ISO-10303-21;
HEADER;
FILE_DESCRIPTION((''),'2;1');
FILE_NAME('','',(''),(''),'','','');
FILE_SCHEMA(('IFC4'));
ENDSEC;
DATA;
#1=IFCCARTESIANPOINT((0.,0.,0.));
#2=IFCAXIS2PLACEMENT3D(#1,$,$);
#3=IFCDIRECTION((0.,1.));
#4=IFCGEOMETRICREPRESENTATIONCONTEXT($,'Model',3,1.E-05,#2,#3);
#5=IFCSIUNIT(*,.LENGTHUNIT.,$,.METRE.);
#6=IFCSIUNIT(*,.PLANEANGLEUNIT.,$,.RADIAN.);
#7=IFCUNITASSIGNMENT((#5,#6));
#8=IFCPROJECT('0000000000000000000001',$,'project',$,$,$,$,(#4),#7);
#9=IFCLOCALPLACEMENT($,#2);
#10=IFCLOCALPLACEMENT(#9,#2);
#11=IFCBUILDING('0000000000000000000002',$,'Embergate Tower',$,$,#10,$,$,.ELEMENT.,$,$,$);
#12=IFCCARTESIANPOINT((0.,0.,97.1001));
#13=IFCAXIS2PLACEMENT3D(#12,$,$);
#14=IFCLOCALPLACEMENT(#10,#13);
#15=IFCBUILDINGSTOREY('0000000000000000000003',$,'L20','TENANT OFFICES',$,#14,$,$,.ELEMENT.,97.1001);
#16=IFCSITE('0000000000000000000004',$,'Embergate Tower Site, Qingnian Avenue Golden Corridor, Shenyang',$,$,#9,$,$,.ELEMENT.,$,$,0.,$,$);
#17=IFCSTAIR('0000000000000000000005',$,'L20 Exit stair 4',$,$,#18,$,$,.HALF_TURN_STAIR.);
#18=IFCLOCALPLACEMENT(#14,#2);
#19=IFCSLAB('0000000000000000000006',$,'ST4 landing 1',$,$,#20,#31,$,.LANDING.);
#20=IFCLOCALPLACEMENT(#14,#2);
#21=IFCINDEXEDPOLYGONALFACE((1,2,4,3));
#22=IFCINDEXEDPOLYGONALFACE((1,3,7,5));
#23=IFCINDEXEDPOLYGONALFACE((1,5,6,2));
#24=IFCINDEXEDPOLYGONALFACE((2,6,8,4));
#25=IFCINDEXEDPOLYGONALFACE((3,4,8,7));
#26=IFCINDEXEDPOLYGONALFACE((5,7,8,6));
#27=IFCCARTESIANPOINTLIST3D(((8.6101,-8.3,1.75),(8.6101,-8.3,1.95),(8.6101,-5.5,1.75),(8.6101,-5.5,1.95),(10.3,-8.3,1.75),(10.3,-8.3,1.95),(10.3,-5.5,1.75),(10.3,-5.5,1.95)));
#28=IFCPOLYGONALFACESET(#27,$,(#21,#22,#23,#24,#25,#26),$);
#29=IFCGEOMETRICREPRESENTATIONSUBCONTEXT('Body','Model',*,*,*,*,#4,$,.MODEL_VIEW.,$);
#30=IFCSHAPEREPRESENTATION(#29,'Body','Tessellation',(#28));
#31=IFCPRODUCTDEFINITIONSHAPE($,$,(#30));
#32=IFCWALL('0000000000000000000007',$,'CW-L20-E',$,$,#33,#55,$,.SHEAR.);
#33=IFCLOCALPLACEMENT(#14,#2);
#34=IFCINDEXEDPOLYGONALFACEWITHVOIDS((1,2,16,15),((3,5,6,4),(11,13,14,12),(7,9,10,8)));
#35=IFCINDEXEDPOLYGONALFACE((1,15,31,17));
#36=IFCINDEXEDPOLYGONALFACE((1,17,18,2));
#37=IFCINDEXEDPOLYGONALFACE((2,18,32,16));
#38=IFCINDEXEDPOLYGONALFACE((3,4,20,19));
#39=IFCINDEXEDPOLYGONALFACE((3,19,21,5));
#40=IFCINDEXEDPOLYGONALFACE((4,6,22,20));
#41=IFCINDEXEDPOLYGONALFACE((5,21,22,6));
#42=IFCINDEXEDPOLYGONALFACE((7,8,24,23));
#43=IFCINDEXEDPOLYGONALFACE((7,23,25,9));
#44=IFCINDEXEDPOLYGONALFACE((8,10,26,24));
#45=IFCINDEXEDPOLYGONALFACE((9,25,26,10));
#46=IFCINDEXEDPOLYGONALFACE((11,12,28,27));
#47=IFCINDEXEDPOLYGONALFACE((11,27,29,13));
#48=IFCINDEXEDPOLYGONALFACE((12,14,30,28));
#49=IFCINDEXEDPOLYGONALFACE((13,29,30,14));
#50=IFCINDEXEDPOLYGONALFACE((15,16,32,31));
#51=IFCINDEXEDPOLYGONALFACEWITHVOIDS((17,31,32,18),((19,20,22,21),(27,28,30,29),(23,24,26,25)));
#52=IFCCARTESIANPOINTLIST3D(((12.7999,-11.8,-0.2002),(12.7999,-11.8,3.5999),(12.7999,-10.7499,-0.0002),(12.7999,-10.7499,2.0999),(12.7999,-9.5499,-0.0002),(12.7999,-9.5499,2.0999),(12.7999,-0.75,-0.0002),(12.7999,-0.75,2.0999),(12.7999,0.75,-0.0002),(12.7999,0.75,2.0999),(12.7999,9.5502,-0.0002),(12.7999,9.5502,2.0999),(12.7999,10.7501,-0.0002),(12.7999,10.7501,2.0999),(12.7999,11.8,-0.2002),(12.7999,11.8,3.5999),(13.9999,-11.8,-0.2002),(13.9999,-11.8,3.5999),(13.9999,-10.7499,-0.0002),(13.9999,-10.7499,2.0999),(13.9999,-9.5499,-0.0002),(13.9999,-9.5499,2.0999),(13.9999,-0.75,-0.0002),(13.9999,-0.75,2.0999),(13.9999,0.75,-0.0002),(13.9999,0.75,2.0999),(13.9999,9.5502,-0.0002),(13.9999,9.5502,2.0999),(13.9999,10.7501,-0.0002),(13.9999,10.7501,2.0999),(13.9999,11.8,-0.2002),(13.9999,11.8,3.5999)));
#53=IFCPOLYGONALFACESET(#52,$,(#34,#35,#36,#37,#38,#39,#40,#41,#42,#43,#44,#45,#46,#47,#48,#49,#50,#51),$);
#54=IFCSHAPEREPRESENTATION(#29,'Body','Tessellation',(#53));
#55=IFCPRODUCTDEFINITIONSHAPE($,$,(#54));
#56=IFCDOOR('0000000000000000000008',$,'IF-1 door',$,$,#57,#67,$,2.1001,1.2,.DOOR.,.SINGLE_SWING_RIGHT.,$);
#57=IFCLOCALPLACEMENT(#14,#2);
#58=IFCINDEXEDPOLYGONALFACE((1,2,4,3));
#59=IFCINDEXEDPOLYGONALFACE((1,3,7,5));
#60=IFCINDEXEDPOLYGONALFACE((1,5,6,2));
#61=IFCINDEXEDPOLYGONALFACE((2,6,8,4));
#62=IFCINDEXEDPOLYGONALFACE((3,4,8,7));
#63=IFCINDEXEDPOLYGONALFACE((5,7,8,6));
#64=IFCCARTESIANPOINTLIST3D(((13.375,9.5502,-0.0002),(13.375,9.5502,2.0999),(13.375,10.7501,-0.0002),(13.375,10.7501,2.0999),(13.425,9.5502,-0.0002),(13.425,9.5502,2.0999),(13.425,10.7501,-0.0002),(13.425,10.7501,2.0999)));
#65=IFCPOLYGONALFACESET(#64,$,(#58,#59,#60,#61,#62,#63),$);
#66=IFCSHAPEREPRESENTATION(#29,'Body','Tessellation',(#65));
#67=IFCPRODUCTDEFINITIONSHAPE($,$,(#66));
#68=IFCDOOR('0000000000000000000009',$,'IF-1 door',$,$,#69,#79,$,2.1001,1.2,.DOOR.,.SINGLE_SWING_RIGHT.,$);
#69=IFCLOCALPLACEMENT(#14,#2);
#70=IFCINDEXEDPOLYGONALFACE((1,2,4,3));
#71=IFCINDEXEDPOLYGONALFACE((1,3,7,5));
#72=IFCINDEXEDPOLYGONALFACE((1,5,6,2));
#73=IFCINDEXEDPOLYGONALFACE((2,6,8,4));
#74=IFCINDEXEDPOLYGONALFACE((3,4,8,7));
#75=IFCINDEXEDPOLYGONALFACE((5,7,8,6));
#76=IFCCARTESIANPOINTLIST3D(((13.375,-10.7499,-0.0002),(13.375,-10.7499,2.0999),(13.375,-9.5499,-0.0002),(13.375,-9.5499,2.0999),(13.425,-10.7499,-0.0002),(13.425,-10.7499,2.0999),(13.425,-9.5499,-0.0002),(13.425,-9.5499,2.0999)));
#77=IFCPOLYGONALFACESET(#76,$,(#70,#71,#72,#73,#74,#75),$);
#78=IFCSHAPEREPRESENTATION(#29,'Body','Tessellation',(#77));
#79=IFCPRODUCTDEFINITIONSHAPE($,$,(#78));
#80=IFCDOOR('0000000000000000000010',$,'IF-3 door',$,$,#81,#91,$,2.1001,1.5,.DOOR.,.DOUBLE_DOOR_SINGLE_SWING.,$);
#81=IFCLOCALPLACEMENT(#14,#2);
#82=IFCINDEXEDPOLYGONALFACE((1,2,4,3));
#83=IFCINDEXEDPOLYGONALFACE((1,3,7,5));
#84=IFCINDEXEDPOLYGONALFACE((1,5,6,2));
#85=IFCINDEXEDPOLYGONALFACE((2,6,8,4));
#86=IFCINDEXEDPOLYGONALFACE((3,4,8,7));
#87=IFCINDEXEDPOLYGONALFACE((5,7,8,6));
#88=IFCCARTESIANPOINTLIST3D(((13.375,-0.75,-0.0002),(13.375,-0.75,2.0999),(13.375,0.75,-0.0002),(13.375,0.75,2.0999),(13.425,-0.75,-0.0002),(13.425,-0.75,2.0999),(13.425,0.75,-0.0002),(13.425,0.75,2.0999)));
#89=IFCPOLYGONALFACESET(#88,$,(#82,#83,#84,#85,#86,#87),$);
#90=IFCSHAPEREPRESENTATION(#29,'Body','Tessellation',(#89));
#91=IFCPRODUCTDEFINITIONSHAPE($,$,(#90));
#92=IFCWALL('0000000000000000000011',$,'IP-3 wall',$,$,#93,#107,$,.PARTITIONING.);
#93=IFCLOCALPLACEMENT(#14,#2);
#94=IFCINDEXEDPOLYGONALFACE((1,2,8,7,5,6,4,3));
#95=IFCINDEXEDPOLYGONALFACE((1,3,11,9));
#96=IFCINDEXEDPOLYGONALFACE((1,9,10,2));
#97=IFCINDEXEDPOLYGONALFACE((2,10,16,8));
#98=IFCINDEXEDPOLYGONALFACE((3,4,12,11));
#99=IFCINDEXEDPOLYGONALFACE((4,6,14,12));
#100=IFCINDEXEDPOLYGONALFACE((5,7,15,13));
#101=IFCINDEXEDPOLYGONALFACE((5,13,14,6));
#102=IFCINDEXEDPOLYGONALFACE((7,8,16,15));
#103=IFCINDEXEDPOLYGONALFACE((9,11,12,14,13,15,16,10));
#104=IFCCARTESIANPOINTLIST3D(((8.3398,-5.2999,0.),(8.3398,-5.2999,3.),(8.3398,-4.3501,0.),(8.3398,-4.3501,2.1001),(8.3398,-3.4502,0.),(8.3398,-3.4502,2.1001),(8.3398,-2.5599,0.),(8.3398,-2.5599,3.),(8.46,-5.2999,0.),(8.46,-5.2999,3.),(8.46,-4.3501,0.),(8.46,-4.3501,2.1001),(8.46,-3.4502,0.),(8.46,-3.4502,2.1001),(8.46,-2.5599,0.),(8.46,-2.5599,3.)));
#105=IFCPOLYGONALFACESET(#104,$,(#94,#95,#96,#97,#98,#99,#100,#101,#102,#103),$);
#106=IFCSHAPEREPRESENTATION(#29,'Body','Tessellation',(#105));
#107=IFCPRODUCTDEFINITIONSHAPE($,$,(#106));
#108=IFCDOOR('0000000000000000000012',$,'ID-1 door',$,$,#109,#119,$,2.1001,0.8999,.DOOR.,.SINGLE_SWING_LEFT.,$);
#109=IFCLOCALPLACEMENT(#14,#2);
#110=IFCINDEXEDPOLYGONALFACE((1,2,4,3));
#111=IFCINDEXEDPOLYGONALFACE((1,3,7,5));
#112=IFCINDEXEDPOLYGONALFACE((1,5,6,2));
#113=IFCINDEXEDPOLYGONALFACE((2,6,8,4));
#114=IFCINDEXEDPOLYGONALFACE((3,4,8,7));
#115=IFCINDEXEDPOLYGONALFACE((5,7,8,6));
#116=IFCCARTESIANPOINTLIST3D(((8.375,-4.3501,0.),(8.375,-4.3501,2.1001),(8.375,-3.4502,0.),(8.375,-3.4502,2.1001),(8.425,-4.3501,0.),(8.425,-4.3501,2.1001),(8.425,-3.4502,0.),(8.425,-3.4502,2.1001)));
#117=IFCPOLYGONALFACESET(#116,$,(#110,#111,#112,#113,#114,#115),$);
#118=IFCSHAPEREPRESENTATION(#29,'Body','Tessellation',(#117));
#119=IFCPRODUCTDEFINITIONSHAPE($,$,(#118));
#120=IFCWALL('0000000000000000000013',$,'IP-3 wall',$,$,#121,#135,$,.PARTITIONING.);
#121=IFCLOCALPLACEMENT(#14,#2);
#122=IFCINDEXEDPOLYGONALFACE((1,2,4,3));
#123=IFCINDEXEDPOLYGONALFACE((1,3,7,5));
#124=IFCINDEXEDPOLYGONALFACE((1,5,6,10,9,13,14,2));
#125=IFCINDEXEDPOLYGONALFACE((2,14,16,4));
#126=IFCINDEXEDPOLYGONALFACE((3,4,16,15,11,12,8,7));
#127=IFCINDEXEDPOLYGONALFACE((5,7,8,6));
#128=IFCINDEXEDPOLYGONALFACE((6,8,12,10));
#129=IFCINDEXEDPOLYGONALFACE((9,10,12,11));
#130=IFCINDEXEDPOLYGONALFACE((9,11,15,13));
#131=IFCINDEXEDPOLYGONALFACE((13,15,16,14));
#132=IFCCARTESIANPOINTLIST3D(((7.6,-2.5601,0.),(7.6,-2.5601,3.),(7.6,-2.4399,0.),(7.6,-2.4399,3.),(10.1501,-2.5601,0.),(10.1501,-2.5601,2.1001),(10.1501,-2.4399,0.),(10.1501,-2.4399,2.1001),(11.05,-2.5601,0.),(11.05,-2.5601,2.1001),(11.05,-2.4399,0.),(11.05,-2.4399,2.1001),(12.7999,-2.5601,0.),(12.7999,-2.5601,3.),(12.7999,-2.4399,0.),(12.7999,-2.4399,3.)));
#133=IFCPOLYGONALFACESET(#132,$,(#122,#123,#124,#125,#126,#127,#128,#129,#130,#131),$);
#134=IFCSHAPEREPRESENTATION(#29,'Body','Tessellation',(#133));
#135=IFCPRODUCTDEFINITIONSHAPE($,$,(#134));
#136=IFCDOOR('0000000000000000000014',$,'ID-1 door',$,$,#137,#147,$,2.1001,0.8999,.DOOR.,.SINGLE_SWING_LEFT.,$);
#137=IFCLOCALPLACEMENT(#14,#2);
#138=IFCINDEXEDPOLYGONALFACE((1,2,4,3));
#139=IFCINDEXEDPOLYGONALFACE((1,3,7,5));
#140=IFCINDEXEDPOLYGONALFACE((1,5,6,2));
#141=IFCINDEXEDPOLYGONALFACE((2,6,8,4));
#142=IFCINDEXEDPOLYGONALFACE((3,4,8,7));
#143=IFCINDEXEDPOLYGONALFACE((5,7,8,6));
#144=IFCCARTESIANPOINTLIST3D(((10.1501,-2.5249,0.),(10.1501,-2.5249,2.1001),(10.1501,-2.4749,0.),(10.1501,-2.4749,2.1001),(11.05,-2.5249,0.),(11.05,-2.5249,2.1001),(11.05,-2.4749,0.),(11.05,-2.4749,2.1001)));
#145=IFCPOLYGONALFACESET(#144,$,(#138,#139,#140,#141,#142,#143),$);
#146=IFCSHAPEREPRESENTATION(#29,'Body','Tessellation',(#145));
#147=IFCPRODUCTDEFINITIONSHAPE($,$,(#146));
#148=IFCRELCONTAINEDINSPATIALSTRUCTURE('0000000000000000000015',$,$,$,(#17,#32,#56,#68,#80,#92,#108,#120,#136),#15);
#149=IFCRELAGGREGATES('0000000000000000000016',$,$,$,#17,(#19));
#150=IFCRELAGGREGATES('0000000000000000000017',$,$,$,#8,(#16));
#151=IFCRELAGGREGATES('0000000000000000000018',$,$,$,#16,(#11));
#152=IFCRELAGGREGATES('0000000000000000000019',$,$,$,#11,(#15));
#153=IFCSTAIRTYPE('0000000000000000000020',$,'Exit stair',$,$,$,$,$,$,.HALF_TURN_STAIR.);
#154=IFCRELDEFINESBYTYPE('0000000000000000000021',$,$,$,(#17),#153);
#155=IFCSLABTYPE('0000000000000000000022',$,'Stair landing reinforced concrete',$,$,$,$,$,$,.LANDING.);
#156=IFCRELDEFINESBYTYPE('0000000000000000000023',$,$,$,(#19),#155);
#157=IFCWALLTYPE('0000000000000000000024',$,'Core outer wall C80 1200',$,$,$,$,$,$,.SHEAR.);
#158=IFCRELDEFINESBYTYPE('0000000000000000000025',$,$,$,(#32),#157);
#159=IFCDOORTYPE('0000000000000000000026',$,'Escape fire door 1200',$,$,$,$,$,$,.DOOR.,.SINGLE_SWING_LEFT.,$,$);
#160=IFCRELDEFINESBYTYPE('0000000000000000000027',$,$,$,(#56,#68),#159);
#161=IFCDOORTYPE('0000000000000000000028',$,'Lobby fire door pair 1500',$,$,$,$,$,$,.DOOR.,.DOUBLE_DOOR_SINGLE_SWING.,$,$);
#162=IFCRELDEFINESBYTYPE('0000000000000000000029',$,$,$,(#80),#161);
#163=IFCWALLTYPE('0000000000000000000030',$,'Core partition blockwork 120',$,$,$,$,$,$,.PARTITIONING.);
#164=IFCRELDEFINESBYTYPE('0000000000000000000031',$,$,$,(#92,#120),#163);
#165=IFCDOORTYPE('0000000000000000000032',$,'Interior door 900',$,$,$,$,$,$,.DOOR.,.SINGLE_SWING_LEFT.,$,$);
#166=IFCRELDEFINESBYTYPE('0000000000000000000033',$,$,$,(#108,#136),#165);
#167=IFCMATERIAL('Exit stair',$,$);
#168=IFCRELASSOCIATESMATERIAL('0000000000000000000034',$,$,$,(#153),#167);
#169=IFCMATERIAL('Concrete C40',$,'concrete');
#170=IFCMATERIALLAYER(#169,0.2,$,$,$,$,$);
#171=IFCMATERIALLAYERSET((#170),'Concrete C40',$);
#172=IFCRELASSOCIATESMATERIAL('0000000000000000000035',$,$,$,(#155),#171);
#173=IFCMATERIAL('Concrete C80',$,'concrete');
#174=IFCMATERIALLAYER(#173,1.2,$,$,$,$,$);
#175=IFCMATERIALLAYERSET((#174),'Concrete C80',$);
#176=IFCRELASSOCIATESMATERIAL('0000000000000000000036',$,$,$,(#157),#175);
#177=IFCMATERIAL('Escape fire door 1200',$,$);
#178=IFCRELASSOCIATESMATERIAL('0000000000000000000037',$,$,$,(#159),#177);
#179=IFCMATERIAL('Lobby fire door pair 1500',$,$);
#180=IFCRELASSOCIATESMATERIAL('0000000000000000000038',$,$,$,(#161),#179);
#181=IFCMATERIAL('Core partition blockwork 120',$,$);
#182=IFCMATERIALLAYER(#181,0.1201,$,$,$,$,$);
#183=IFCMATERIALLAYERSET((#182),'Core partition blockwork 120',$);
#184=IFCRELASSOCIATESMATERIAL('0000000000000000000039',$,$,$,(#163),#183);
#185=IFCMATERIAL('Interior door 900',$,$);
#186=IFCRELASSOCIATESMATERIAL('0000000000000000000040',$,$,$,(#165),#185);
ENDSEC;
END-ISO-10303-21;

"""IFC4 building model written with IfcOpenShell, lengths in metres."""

from ifc_helpers import new_model, si_unit, direction, frame, frame_2d, origin, place, context, subcontext, project, spatial, polyline, rectangle, outline, extrude, source, transform, mapped, material, layer, layer_set, type_object, element, fill, aggregate, save


model = new_model("IFC4")

# Units and contexts
model_context = context("Model", 3, precision=1e-05, world=origin(), true_north=direction((0.0, 1.0)))
body_context = subcontext(model_context, "Body", "Model", "MODEL_VIEW")
ifc_project = project(units=[si_unit("LENGTHUNIT", "METRE"), si_unit("PLANEANGLEUNIT", "RADIAN")], contexts=[model_context])

# Site, building, storey
site_placement = place(None, origin())
site = spatial("IfcSite", under=ifc_project, at=site_placement, Name="Embergate Tower Site, Qingnian Avenue Golden Corridor, Shenyang", CompositionType="ELEMENT", RefElevation=0.0)
building_placement = place(site_placement, origin())
building = spatial("IfcBuilding", under=site, at=building_placement, Name="Embergate Tower", CompositionType="ELEMENT")
storey_placement = place(building_placement, frame((0.0, 0.0, 97.1001)))
storey = spatial("IfcBuildingStorey", under=building, at=storey_placement, Name="L20", Description="TENANT OFFICES", CompositionType="ELEMENT", Elevation=97.1001)

# Stair, slab
ifc_material_1 = material(Name="Exit stair")
stair_type = type_object("IfcStairType", Name="Exit stair", PredefinedType="HALF_TURN_STAIR", material=ifc_material_1)
stair_placement = place(storey_placement, origin())
stair = element("IfcStair", 1, at=stair_placement, inside=storey, type_object=stair_type, Name="L20 Exit stair 4", PredefinedType="HALF_TURN_STAIR")
ifc_material_2 = material(Name="Concrete C40", Category="concrete")
ifc_layer_1 = layer(ifc_material_2, 0.2)
ifc_layer_set_1 = layer_set([ifc_layer_1], Name="Concrete C40")
slab_type = type_object("IfcSlabType", Name="Stair landing reinforced concrete", PredefinedType="LANDING", material=ifc_layer_set_1)
shared_shape_1 = source(origin(), body_context, "Body", "SweptSolid", [
    extrude(outline(polyline([(0.0, 0.0), (1.6899, 0.0), (1.6899, 2.8), (0.0, 2.8), (0.0, 0.0)])), origin(), (0.0, 0.0, 1.0), 0.2),
])
slab_placement = place(storey_placement, frame((8.6101, -8.3, 1.75)))
slab = element("IfcSlab", 2, at=slab_placement, type_object=slab_type, Name="ST4 landing 1", PredefinedType="LANDING", context=body_context, shape_type="MappedRepresentation", body=[
    mapped(shared_shape_1, transform((0.0, 0.0, 0.0))),
])

# Wall, openings, doors
ifc_material_3 = material(Name="Concrete C80", Category="concrete")
ifc_layer_2 = layer(ifc_material_3, 1.2)
ifc_layer_set_2 = layer_set([ifc_layer_2], Name="Concrete C80")
wall_type_1 = type_object("IfcWallType", Name="Core outer wall C80 1200", PredefinedType="SHEAR", material=ifc_layer_set_2)
shared_shape_2 = source(origin(), body_context, "Body", "SweptSolid", [
    extrude(rectangle(XDim=23.6001, YDim=1.2, at=frame_2d((11.8, 0.0))), origin(), (0.0, 0.0, 1.0), 3.8),
])
wall_1_placement = place(storey_placement, frame((13.3999, -11.8, -0.2002), z_axis=(0.0, 0.0, 1.0), x_axis=(0.0, 1.0, 0.0)))
wall_1 = element("IfcWall", 3, at=wall_1_placement, inside=storey, type_object=wall_type_1, Name="CW-L20-E", PredefinedType="SHEAR", context=body_context, shape_type="MappedRepresentation", body=[
    mapped(shared_shape_2, transform((0.0, 0.0, 0.0))),
])
shared_shape_3 = source(origin(), body_context, "Body", "SweptSolid", [
    extrude(rectangle(XDim=1.2, YDim=2.1001, at=frame_2d((0.6001, 1.05))), frame((0.0, 0.6099, 0.0), z_axis=(0.0, -1.0, 0.0), x_axis=(1.0, 0.0, 0.0)), (0.0, 0.0, 1.0), 1.22),
])
opening_1_placement = place(wall_1_placement, frame((21.3501, 0.0, 0.2)))
opening_1 = element("IfcOpeningElement", 4, at=opening_1_placement, cuts=wall_1, PredefinedType="OPENING", context=body_context, shape_type="MappedRepresentation", body=[
    mapped(shared_shape_3, transform((0.0, 0.0, 0.0))),
])
opening_2_placement = place(wall_1_placement, frame((1.05, 0.0, 0.2)))
opening_2 = element("IfcOpeningElement", 5, at=opening_2_placement, cuts=wall_1, PredefinedType="OPENING", context=body_context, shape_type="MappedRepresentation", body=[
    mapped(shared_shape_3, transform((0.0, 0.0, 0.0))),
])
shared_shape_4 = source(origin(), body_context, "Body", "SweptSolid", [
    extrude(rectangle(XDim=1.5, YDim=2.1001, at=frame_2d((0.75, 1.05))), frame((0.0, 0.6099, 0.0), z_axis=(0.0, -1.0, 0.0), x_axis=(1.0, 0.0, 0.0)), (0.0, 0.0, 1.0), 1.22),
])
opening_3_placement = place(wall_1_placement, frame((11.05, 0.0, 0.2)))
opening_3 = element("IfcOpeningElement", 6, at=opening_3_placement, cuts=wall_1, PredefinedType="OPENING", context=body_context, shape_type="MappedRepresentation", body=[
    mapped(shared_shape_4, transform((0.0, 0.0, 0.0))),
])
ifc_material_4 = material(Name="Escape fire door 1200")
door_type_1 = type_object("IfcDoorType", Name="Escape fire door 1200", OperationType="SINGLE_SWING_LEFT", PredefinedType="DOOR", material=ifc_material_4)
shared_shape_5 = source(origin(), body_context, "Body", "SweptSolid", [
    extrude(rectangle(XDim=1.2, YDim=2.1001, at=frame_2d((0.6001, 1.05))), frame((0.0, 0.0249, 0.0), z_axis=(0.0, -1.0, 0.0), x_axis=(1.0, 0.0, 0.0)), (0.0, 0.0, 1.0), 0.05),
])
door_1_placement = place(opening_1_placement, origin())
door_1 = element("IfcDoor", 7, at=door_1_placement, inside=storey, type_object=door_type_1, Name="IF-1 door", OperationType="SINGLE_SWING_RIGHT", OverallHeight=2.1001, OverallWidth=1.2, PredefinedType="DOOR", context=body_context, shape_type="MappedRepresentation", body=[
    mapped(shared_shape_5, transform((0.0, 0.0, 0.0))),
])
fill(opening_1, door_1)
door_2_placement = place(opening_2_placement, origin())
door_2 = element("IfcDoor", 8, at=door_2_placement, inside=storey, type_object=door_type_1, Name="IF-1 door", OperationType="SINGLE_SWING_RIGHT", OverallHeight=2.1001, OverallWidth=1.2, PredefinedType="DOOR", context=body_context, shape_type="MappedRepresentation", body=[
    mapped(shared_shape_5, transform((0.0, 0.0, 0.0))),
])
fill(opening_2, door_2)
ifc_material_5 = material(Name="Lobby fire door pair 1500")
door_type_2 = type_object("IfcDoorType", Name="Lobby fire door pair 1500", OperationType="DOUBLE_DOOR_SINGLE_SWING", PredefinedType="DOOR", material=ifc_material_5)
shared_shape_6 = source(origin(), body_context, "Body", "SweptSolid", [
    extrude(rectangle(XDim=1.5, YDim=2.1001, at=frame_2d((0.75, 1.05))), frame((0.0, 0.0249, 0.0), z_axis=(0.0, -1.0, 0.0), x_axis=(1.0, 0.0, 0.0)), (0.0, 0.0, 1.0), 0.05),
])
door_3_placement = place(opening_3_placement, origin())
door_3 = element("IfcDoor", 9, at=door_3_placement, inside=storey, type_object=door_type_2, Name="IF-3 door", OperationType="DOUBLE_DOOR_SINGLE_SWING", OverallHeight=2.1001, OverallWidth=1.5, PredefinedType="DOOR", context=body_context, shape_type="MappedRepresentation", body=[
    mapped(shared_shape_6, transform((0.0, 0.0, 0.0))),
])
fill(opening_3, door_3)

# Walls, openings, doors
ifc_material_6 = material(Name="Core partition blockwork 120")
ifc_layer_3 = layer(ifc_material_6, 0.1201)
ifc_layer_set_3 = layer_set([ifc_layer_3], Name="Core partition blockwork 120")
wall_type_2 = type_object("IfcWallType", Name="Core partition blockwork 120", PredefinedType="PARTITIONING", material=ifc_layer_set_3)
shared_shape_7 = source(origin(), body_context, "Body", "SweptSolid", [
    extrude(rectangle(XDim=2.74, YDim=0.1201, at=frame_2d((1.3701, 0.0))), origin(), (0.0, 0.0, 1.0), 3.0),
])
wall_2_placement = place(storey_placement, frame((8.3999, -5.3, 0.0), z_axis=(0.0, 0.0, 1.0), x_axis=(0.0, 1.0, 0.0)))
wall_2 = element("IfcWall", 10, at=wall_2_placement, inside=storey, type_object=wall_type_2, Name="IP-3 wall", PredefinedType="PARTITIONING", context=body_context, shape_type="MappedRepresentation", body=[
    mapped(shared_shape_7, transform((0.0, 0.0, 0.0))),
])
shared_shape_8 = source(origin(), body_context, "Body", "SweptSolid", [
    extrude(rectangle(XDim=0.8999, YDim=2.1001, at=frame_2d((0.45, 1.05))), frame((0.0, 0.0701, 0.0), z_axis=(0.0, -1.0, 0.0), x_axis=(1.0, 0.0, 0.0)), (0.0, 0.0, 1.0), 0.1401),
])
opening_4_placement = place(wall_2_placement, frame((0.95, 0.0, 0.0)))
opening_4 = element("IfcOpeningElement", 11, at=opening_4_placement, cuts=wall_2, PredefinedType="OPENING", context=body_context, shape_type="MappedRepresentation", body=[
    mapped(shared_shape_8, transform((0.0, 0.0, 0.0))),
])
ifc_material_7 = material(Name="Interior door 900")
door_type_3 = type_object("IfcDoorType", Name="Interior door 900", OperationType="SINGLE_SWING_LEFT", PredefinedType="DOOR", material=ifc_material_7)
shared_shape_9 = source(origin(), body_context, "Body", "SweptSolid", [
    extrude(rectangle(XDim=0.8999, YDim=2.1001, at=frame_2d((0.45, 1.05))), frame((0.0, 0.0249, 0.0), z_axis=(0.0, -1.0, 0.0), x_axis=(1.0, 0.0, 0.0)), (0.0, 0.0, 1.0), 0.05),
])
door_4_placement = place(opening_4_placement, origin())
door_4 = element("IfcDoor", 12, at=door_4_placement, inside=storey, type_object=door_type_3, Name="ID-1 door", OperationType="SINGLE_SWING_LEFT", OverallHeight=2.1001, OverallWidth=0.8999, PredefinedType="DOOR", context=body_context, shape_type="MappedRepresentation", body=[
    mapped(shared_shape_9, transform((0.0, 0.0, 0.0))),
])
fill(opening_4, door_4)
shared_shape_10 = source(origin(), body_context, "Body", "SweptSolid", [
    extrude(rectangle(XDim=5.2, YDim=0.1201, at=frame_2d((2.6001, 0.0))), origin(), (0.0, 0.0, 1.0), 3.0),
])
wall_3_placement = place(storey_placement, frame((12.8, -2.5, 0.0), z_axis=(0.0, 0.0, 1.0), x_axis=(-1.0, 0.0, 0.0)))
wall_3 = element("IfcWall", 13, at=wall_3_placement, inside=storey, type_object=wall_type_2, Name="IP-3 wall", PredefinedType="PARTITIONING", context=body_context, shape_type="MappedRepresentation", body=[
    mapped(shared_shape_10, transform((0.0, 0.0, 0.0))),
])
opening_5_placement = place(wall_3_placement, frame((1.75, 0.0, 0.0)))
opening_5 = element("IfcOpeningElement", 14, at=opening_5_placement, cuts=wall_3, PredefinedType="OPENING", context=body_context, shape_type="MappedRepresentation", body=[
    mapped(shared_shape_8, transform((0.0, 0.0, 0.0))),
])
door_5_placement = place(opening_5_placement, origin())
door_5 = element("IfcDoor", 15, at=door_5_placement, inside=storey, type_object=door_type_3, Name="ID-1 door", OperationType="SINGLE_SWING_LEFT", OverallHeight=2.1001, OverallWidth=0.8999, PredefinedType="DOOR", context=body_context, shape_type="MappedRepresentation", body=[
    mapped(shared_shape_9, transform((0.0, 0.0, 0.0))),
])
fill(opening_5, door_5)

aggregate(stair, [slab])

save(model, "model.ifc")
